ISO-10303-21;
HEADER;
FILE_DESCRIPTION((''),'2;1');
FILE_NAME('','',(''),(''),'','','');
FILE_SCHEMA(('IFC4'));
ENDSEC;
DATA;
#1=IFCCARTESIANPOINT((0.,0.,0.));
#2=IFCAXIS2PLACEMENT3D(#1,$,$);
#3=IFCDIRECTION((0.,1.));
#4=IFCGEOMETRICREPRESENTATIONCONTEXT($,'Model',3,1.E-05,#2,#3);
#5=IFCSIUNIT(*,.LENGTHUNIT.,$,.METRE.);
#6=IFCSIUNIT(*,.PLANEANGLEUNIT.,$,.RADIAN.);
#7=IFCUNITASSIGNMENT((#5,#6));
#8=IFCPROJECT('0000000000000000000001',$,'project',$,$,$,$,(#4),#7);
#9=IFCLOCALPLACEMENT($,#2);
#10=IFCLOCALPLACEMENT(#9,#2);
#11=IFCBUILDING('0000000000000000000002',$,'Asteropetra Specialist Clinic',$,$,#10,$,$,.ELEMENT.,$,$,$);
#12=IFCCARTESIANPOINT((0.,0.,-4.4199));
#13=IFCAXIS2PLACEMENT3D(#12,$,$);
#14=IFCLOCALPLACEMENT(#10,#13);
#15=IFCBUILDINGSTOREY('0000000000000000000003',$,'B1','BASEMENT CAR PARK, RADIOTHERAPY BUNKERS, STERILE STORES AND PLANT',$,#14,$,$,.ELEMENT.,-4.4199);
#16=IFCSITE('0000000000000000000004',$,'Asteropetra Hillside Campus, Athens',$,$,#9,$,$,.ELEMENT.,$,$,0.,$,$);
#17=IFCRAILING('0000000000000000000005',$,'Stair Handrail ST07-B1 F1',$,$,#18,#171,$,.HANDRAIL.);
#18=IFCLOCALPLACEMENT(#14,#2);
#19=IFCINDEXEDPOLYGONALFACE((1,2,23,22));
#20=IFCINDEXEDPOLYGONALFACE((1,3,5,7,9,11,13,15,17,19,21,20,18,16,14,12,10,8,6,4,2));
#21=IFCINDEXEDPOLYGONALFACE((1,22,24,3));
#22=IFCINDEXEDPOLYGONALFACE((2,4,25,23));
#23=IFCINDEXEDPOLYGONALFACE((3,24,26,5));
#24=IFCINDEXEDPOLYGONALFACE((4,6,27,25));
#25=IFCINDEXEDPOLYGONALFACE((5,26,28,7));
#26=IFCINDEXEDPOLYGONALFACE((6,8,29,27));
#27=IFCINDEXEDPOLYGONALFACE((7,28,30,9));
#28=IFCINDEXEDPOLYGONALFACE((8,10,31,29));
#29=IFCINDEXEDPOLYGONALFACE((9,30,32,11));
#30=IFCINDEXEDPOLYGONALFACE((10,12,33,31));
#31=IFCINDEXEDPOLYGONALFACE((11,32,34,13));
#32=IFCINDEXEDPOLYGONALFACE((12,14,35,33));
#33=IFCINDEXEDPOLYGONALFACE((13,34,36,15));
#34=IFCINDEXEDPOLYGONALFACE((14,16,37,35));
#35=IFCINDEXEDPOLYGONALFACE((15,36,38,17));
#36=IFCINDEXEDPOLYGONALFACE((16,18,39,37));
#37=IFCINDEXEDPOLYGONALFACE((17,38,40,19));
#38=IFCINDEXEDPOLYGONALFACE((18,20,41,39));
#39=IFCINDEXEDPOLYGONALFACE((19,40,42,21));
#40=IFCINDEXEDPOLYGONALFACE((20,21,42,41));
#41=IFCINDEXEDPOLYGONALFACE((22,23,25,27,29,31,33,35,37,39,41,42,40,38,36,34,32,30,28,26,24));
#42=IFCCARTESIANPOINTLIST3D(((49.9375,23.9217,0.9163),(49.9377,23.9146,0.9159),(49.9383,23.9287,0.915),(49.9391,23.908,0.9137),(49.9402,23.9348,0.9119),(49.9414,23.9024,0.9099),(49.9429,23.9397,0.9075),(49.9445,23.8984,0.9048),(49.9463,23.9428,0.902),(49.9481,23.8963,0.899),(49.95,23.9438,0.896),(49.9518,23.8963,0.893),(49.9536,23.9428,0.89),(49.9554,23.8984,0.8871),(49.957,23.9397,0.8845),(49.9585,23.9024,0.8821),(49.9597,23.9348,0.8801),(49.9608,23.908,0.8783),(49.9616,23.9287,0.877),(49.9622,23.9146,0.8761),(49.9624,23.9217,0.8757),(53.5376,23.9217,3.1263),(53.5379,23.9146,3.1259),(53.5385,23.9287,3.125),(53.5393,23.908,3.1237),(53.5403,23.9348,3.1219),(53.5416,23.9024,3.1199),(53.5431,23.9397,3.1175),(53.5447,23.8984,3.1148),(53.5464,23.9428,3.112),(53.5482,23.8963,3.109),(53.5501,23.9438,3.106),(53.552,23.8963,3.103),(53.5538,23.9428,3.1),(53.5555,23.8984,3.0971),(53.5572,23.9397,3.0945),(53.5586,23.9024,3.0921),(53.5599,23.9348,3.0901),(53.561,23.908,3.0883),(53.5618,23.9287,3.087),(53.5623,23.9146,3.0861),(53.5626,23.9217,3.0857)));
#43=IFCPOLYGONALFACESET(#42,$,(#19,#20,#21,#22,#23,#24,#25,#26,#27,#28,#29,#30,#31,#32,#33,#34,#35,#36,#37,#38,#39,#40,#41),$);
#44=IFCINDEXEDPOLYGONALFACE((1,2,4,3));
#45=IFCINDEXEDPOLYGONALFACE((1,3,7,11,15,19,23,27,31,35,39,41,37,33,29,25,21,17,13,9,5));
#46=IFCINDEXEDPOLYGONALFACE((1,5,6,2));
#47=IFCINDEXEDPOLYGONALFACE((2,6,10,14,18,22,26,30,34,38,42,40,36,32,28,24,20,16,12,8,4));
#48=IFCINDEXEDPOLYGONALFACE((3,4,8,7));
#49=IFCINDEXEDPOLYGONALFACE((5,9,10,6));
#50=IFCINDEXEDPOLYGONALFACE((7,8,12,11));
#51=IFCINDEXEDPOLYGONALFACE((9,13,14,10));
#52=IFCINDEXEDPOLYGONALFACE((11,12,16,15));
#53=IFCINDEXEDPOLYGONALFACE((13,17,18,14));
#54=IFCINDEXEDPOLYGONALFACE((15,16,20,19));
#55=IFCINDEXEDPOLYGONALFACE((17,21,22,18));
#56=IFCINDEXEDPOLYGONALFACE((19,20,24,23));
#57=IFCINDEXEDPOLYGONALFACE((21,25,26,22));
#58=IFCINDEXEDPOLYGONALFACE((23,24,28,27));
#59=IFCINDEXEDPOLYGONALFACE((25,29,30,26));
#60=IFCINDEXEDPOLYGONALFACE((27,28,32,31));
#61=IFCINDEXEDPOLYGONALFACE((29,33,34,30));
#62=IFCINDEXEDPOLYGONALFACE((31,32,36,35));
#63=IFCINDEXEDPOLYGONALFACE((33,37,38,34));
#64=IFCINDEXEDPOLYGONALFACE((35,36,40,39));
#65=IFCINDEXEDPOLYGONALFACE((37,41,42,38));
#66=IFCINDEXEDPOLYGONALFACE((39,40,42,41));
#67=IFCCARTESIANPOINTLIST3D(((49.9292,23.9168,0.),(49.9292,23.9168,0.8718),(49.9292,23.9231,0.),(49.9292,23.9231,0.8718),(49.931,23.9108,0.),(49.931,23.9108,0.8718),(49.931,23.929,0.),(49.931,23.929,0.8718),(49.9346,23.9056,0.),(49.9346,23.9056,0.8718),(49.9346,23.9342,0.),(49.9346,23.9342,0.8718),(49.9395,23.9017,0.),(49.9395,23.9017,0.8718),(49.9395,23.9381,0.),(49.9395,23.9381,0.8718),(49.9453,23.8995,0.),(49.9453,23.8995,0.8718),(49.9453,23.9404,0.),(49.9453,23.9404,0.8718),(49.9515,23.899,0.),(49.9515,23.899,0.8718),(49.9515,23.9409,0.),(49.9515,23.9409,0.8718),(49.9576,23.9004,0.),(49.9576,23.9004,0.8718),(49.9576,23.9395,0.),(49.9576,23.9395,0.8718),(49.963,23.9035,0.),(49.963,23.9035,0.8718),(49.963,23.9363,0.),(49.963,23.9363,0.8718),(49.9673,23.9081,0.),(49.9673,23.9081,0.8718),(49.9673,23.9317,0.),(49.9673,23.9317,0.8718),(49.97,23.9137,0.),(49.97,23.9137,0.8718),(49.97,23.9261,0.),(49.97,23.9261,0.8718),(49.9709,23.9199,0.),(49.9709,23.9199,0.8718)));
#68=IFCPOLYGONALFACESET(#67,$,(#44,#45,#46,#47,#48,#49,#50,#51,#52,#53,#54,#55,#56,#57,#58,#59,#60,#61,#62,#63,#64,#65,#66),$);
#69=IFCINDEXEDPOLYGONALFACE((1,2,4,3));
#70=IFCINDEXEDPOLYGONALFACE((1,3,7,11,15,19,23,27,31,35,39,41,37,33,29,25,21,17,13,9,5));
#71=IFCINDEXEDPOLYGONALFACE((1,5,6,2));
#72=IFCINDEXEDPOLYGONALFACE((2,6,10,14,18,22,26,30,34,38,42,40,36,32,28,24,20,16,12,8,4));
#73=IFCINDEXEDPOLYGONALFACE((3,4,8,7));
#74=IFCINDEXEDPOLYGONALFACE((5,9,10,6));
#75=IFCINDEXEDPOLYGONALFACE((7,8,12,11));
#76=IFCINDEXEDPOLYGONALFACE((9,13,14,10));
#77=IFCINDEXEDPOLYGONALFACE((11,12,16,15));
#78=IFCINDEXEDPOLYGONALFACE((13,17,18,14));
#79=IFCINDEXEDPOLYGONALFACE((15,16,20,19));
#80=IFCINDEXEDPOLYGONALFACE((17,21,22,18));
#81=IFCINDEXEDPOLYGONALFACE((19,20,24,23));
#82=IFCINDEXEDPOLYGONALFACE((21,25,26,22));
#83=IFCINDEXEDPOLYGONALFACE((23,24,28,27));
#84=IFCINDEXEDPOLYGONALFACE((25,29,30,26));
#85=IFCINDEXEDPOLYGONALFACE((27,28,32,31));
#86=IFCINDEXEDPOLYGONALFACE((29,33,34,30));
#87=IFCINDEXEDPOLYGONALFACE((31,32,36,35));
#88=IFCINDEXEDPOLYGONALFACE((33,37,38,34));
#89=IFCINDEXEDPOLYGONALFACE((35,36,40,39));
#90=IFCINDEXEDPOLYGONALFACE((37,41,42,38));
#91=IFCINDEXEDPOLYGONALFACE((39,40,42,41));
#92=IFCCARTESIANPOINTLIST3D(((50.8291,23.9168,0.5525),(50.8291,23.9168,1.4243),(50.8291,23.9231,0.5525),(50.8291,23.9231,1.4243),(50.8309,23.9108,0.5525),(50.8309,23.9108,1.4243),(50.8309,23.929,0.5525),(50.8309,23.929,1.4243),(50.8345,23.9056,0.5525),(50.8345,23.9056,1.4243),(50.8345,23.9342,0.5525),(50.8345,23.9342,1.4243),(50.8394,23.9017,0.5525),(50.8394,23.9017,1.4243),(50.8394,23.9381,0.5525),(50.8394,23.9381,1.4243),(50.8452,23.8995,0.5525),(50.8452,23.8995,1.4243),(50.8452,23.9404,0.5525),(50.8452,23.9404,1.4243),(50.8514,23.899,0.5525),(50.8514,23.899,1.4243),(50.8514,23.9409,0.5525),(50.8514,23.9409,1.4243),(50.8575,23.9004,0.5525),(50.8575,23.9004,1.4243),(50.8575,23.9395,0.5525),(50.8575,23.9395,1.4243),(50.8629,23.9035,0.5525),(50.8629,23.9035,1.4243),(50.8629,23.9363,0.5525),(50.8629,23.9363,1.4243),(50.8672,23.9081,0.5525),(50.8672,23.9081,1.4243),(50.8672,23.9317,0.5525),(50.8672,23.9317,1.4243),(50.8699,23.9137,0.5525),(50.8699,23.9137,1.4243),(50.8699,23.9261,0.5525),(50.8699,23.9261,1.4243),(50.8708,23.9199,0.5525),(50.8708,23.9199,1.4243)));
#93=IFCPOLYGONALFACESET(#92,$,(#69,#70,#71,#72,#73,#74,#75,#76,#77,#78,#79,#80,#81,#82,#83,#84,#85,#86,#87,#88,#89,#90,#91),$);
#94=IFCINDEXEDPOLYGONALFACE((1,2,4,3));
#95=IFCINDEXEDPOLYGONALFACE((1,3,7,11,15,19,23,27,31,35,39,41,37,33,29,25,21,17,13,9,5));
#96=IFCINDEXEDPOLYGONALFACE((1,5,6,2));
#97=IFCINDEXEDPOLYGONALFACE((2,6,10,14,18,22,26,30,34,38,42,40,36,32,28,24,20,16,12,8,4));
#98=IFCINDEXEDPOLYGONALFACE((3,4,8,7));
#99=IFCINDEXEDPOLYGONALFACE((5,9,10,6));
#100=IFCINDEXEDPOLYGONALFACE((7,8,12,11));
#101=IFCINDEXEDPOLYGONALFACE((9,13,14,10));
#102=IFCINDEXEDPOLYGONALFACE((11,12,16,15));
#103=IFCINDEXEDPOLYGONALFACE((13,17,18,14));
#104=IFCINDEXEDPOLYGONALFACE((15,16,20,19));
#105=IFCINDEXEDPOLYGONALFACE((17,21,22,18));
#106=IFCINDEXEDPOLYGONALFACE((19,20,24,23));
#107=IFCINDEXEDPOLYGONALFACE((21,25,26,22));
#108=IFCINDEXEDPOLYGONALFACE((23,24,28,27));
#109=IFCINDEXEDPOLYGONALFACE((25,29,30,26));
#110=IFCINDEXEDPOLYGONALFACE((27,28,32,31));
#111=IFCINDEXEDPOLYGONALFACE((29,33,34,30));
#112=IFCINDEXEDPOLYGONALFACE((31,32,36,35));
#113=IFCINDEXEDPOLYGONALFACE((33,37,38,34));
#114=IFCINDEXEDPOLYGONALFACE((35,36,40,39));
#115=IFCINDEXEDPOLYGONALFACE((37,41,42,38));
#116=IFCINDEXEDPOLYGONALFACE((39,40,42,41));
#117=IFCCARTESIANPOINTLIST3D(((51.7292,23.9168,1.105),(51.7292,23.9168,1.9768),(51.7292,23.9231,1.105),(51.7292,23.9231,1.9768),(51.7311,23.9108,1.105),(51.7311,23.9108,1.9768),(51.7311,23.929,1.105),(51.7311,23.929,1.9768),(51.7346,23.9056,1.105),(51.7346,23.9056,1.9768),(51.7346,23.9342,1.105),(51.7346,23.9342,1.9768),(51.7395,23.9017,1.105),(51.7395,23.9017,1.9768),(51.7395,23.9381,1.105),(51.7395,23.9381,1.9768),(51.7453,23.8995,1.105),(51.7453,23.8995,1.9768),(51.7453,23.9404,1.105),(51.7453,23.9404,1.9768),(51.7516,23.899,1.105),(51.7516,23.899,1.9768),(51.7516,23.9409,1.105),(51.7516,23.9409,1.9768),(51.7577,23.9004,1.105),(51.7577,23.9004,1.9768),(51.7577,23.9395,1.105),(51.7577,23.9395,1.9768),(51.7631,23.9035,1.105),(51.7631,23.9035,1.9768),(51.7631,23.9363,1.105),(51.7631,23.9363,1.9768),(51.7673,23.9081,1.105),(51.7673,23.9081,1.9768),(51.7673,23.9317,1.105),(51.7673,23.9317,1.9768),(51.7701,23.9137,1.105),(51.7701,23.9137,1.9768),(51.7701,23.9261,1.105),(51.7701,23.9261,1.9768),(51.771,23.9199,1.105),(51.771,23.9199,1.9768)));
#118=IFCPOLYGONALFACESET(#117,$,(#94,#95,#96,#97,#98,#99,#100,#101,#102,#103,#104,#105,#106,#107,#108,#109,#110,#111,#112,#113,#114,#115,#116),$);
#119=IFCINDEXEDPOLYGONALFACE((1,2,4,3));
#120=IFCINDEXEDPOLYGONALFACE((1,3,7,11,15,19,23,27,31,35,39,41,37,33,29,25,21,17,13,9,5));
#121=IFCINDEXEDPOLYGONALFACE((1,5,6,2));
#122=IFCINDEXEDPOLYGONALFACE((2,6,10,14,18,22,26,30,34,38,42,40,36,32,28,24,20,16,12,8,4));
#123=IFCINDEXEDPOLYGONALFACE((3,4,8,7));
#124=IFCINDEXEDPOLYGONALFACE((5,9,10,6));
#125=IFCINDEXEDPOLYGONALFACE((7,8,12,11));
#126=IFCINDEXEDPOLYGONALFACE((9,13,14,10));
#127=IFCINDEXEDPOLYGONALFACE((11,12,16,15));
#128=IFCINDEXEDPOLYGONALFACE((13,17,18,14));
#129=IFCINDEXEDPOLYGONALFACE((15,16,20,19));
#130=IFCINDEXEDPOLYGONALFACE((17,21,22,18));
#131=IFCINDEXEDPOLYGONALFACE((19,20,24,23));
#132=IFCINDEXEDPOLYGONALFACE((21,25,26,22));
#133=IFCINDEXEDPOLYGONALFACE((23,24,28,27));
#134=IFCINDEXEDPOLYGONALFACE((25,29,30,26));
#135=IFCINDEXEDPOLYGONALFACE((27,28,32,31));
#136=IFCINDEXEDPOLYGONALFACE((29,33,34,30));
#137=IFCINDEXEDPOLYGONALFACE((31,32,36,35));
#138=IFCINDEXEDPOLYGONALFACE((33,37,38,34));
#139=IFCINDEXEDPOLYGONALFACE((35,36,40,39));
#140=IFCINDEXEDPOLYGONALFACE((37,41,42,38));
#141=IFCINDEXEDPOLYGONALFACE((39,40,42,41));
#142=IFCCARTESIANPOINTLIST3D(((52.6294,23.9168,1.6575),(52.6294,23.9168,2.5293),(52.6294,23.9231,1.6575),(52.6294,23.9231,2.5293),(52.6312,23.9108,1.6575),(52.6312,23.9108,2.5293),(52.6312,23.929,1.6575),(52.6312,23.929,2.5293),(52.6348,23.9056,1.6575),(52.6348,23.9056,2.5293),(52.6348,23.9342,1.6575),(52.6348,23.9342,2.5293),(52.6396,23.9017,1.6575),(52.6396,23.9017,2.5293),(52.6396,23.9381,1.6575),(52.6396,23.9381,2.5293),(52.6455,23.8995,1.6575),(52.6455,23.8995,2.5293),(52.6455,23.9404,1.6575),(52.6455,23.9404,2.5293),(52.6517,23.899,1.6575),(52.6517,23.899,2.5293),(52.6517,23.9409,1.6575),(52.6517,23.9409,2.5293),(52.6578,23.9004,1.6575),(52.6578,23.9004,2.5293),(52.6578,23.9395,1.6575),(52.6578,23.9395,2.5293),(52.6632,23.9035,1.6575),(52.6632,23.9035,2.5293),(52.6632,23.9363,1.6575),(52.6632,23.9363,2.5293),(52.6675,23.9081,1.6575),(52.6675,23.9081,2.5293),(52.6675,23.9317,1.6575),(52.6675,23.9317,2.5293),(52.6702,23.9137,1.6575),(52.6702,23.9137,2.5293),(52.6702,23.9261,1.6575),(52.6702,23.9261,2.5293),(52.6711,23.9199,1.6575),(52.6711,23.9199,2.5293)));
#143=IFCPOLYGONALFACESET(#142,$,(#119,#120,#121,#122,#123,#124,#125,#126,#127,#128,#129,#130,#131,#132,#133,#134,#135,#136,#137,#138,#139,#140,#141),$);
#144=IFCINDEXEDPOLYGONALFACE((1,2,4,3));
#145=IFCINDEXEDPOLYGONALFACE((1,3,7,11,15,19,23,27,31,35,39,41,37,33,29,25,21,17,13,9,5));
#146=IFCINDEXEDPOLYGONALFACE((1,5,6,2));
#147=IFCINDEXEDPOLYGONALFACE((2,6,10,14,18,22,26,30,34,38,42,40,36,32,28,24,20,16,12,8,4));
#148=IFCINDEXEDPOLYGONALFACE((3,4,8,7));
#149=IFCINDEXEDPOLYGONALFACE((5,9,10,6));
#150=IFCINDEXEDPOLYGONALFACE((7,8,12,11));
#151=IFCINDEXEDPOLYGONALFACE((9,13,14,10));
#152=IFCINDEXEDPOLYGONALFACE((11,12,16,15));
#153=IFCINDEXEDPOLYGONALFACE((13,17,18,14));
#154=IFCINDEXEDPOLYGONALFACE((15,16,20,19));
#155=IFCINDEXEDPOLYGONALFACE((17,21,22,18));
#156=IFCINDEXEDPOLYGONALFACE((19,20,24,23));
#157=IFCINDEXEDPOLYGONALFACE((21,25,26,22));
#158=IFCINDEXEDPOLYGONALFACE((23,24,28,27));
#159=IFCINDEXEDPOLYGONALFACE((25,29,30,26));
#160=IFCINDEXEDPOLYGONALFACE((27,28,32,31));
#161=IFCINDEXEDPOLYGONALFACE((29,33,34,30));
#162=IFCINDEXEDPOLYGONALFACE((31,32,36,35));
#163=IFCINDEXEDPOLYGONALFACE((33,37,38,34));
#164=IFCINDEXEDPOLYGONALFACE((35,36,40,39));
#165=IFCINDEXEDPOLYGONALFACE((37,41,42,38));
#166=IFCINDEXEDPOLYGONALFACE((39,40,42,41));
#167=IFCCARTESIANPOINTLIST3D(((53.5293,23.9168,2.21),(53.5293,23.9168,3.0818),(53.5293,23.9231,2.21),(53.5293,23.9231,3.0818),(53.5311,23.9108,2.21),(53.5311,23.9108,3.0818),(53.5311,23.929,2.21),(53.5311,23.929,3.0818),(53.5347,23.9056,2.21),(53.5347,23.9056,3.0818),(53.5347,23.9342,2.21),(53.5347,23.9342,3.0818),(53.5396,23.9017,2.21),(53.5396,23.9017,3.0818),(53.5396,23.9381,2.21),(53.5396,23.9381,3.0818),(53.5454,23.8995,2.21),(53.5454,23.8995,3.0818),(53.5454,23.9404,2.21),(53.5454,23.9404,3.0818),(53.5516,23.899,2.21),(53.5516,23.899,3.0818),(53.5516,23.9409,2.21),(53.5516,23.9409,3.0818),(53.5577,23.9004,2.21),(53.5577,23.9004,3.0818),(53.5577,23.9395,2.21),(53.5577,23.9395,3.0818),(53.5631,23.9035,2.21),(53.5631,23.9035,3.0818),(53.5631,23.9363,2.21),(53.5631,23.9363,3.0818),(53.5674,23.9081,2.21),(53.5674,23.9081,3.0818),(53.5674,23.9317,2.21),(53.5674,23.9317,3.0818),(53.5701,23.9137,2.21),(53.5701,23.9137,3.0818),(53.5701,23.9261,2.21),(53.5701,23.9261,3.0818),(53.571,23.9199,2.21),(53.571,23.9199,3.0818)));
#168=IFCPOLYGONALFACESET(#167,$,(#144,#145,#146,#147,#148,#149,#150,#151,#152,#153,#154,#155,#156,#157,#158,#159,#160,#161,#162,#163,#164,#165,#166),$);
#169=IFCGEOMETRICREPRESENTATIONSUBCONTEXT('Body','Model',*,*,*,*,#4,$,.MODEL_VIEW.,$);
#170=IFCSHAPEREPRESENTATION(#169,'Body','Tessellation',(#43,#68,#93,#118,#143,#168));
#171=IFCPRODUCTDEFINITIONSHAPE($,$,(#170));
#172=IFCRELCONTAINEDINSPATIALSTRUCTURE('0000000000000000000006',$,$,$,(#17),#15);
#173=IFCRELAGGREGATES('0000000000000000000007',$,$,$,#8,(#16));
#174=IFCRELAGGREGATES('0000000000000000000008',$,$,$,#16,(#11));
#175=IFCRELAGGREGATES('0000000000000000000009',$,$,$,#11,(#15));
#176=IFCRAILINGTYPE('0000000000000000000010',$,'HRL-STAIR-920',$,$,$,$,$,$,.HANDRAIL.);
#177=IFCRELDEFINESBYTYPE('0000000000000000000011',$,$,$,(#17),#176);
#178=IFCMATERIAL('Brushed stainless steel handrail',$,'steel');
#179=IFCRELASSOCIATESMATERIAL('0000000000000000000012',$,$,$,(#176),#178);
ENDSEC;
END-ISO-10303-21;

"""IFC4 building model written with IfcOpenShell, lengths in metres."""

from ifc_helpers import new_model, si_unit, direction, frame, origin, origin_2d, place, context, subcontext, project, spatial, circle, extrude, material, type_object, element, save


model = new_model("IFC4")

# Units and contexts
model_context = context("Model", 3, precision=1e-05, world=origin(), true_north=direction((0.0, 1.0)))
body_context = subcontext(model_context, "Body", "Model", "MODEL_VIEW")
ifc_project = project(units=[si_unit("LENGTHUNIT", "METRE"), si_unit("PLANEANGLEUNIT", "RADIAN")], contexts=[model_context])

# Site, building, storey
site_placement = place(None, origin())
site = spatial("IfcSite", under=ifc_project, at=site_placement, Name="Asteropetra Hillside Campus, Athens", CompositionType="ELEMENT", RefElevation=0.0)
building_placement = place(site_placement, origin())
building = spatial("IfcBuilding", under=site, at=building_placement, Name="Asteropetra Specialist Clinic", CompositionType="ELEMENT")
storey_placement = place(building_placement, frame((0.0, 0.0, -4.4199)))
storey = spatial("IfcBuildingStorey", under=building, at=storey_placement, Name="B1", Description="BASEMENT CAR PARK, RADIOTHERAPY BUNKERS, STERILE STORES AND PLANT", CompositionType="ELEMENT", Elevation=-4.4199)

# Railing
ifc_material_1 = material(Name="Brushed stainless steel handrail", Category="steel")
railing_type_1 = type_object("IfcRailingType", Name="HRL-STAIR-920", PredefinedType="HANDRAIL", material=ifc_material_1)
railing_1_placement = place(storey_placement, frame((49.95, 23.9199, 0.0)))
element("IfcRailing", 1, at=railing_1_placement, inside=storey, type_object=railing_type_1, Name="Stair Handrail ST07-B1 F1", PredefinedType="HANDRAIL", context=body_context, shape_type="SweptSolid", body=[
    extrude(circle(Radius=0.0239, at=origin_2d()), frame((0.0, 0.0, 0.896), z_axis=(0.852237, 0.0, 0.523156), x_axis=(0.0, 1.0, 0.0)), (0.0, 0.0, 1.0), 4.2244),
    extrude(circle(Radius=0.021, at=origin_2d()), origin(), (0.0, 0.0, 1.0), 0.8718),
    extrude(circle(Radius=0.021, at=origin_2d()), frame((0.8999, 0.0, 0.5525)), (0.0, 0.0, 1.0), 0.8718),
    extrude(circle(Radius=0.021, at=origin_2d()), frame((1.8, 0.0, 1.105)), (0.0, 0.0, 1.0), 0.8718),
    extrude(circle(Radius=0.021, at=origin_2d()), frame((2.7002, 0.0, 1.6575)), (0.0, 0.0, 1.0), 0.8718),
    extrude(circle(Radius=0.021, at=origin_2d()), frame((3.6001, 0.0, 2.21)), (0.0, 0.0, 1.0), 0.8718),
])

save(model, "model.ifc")
